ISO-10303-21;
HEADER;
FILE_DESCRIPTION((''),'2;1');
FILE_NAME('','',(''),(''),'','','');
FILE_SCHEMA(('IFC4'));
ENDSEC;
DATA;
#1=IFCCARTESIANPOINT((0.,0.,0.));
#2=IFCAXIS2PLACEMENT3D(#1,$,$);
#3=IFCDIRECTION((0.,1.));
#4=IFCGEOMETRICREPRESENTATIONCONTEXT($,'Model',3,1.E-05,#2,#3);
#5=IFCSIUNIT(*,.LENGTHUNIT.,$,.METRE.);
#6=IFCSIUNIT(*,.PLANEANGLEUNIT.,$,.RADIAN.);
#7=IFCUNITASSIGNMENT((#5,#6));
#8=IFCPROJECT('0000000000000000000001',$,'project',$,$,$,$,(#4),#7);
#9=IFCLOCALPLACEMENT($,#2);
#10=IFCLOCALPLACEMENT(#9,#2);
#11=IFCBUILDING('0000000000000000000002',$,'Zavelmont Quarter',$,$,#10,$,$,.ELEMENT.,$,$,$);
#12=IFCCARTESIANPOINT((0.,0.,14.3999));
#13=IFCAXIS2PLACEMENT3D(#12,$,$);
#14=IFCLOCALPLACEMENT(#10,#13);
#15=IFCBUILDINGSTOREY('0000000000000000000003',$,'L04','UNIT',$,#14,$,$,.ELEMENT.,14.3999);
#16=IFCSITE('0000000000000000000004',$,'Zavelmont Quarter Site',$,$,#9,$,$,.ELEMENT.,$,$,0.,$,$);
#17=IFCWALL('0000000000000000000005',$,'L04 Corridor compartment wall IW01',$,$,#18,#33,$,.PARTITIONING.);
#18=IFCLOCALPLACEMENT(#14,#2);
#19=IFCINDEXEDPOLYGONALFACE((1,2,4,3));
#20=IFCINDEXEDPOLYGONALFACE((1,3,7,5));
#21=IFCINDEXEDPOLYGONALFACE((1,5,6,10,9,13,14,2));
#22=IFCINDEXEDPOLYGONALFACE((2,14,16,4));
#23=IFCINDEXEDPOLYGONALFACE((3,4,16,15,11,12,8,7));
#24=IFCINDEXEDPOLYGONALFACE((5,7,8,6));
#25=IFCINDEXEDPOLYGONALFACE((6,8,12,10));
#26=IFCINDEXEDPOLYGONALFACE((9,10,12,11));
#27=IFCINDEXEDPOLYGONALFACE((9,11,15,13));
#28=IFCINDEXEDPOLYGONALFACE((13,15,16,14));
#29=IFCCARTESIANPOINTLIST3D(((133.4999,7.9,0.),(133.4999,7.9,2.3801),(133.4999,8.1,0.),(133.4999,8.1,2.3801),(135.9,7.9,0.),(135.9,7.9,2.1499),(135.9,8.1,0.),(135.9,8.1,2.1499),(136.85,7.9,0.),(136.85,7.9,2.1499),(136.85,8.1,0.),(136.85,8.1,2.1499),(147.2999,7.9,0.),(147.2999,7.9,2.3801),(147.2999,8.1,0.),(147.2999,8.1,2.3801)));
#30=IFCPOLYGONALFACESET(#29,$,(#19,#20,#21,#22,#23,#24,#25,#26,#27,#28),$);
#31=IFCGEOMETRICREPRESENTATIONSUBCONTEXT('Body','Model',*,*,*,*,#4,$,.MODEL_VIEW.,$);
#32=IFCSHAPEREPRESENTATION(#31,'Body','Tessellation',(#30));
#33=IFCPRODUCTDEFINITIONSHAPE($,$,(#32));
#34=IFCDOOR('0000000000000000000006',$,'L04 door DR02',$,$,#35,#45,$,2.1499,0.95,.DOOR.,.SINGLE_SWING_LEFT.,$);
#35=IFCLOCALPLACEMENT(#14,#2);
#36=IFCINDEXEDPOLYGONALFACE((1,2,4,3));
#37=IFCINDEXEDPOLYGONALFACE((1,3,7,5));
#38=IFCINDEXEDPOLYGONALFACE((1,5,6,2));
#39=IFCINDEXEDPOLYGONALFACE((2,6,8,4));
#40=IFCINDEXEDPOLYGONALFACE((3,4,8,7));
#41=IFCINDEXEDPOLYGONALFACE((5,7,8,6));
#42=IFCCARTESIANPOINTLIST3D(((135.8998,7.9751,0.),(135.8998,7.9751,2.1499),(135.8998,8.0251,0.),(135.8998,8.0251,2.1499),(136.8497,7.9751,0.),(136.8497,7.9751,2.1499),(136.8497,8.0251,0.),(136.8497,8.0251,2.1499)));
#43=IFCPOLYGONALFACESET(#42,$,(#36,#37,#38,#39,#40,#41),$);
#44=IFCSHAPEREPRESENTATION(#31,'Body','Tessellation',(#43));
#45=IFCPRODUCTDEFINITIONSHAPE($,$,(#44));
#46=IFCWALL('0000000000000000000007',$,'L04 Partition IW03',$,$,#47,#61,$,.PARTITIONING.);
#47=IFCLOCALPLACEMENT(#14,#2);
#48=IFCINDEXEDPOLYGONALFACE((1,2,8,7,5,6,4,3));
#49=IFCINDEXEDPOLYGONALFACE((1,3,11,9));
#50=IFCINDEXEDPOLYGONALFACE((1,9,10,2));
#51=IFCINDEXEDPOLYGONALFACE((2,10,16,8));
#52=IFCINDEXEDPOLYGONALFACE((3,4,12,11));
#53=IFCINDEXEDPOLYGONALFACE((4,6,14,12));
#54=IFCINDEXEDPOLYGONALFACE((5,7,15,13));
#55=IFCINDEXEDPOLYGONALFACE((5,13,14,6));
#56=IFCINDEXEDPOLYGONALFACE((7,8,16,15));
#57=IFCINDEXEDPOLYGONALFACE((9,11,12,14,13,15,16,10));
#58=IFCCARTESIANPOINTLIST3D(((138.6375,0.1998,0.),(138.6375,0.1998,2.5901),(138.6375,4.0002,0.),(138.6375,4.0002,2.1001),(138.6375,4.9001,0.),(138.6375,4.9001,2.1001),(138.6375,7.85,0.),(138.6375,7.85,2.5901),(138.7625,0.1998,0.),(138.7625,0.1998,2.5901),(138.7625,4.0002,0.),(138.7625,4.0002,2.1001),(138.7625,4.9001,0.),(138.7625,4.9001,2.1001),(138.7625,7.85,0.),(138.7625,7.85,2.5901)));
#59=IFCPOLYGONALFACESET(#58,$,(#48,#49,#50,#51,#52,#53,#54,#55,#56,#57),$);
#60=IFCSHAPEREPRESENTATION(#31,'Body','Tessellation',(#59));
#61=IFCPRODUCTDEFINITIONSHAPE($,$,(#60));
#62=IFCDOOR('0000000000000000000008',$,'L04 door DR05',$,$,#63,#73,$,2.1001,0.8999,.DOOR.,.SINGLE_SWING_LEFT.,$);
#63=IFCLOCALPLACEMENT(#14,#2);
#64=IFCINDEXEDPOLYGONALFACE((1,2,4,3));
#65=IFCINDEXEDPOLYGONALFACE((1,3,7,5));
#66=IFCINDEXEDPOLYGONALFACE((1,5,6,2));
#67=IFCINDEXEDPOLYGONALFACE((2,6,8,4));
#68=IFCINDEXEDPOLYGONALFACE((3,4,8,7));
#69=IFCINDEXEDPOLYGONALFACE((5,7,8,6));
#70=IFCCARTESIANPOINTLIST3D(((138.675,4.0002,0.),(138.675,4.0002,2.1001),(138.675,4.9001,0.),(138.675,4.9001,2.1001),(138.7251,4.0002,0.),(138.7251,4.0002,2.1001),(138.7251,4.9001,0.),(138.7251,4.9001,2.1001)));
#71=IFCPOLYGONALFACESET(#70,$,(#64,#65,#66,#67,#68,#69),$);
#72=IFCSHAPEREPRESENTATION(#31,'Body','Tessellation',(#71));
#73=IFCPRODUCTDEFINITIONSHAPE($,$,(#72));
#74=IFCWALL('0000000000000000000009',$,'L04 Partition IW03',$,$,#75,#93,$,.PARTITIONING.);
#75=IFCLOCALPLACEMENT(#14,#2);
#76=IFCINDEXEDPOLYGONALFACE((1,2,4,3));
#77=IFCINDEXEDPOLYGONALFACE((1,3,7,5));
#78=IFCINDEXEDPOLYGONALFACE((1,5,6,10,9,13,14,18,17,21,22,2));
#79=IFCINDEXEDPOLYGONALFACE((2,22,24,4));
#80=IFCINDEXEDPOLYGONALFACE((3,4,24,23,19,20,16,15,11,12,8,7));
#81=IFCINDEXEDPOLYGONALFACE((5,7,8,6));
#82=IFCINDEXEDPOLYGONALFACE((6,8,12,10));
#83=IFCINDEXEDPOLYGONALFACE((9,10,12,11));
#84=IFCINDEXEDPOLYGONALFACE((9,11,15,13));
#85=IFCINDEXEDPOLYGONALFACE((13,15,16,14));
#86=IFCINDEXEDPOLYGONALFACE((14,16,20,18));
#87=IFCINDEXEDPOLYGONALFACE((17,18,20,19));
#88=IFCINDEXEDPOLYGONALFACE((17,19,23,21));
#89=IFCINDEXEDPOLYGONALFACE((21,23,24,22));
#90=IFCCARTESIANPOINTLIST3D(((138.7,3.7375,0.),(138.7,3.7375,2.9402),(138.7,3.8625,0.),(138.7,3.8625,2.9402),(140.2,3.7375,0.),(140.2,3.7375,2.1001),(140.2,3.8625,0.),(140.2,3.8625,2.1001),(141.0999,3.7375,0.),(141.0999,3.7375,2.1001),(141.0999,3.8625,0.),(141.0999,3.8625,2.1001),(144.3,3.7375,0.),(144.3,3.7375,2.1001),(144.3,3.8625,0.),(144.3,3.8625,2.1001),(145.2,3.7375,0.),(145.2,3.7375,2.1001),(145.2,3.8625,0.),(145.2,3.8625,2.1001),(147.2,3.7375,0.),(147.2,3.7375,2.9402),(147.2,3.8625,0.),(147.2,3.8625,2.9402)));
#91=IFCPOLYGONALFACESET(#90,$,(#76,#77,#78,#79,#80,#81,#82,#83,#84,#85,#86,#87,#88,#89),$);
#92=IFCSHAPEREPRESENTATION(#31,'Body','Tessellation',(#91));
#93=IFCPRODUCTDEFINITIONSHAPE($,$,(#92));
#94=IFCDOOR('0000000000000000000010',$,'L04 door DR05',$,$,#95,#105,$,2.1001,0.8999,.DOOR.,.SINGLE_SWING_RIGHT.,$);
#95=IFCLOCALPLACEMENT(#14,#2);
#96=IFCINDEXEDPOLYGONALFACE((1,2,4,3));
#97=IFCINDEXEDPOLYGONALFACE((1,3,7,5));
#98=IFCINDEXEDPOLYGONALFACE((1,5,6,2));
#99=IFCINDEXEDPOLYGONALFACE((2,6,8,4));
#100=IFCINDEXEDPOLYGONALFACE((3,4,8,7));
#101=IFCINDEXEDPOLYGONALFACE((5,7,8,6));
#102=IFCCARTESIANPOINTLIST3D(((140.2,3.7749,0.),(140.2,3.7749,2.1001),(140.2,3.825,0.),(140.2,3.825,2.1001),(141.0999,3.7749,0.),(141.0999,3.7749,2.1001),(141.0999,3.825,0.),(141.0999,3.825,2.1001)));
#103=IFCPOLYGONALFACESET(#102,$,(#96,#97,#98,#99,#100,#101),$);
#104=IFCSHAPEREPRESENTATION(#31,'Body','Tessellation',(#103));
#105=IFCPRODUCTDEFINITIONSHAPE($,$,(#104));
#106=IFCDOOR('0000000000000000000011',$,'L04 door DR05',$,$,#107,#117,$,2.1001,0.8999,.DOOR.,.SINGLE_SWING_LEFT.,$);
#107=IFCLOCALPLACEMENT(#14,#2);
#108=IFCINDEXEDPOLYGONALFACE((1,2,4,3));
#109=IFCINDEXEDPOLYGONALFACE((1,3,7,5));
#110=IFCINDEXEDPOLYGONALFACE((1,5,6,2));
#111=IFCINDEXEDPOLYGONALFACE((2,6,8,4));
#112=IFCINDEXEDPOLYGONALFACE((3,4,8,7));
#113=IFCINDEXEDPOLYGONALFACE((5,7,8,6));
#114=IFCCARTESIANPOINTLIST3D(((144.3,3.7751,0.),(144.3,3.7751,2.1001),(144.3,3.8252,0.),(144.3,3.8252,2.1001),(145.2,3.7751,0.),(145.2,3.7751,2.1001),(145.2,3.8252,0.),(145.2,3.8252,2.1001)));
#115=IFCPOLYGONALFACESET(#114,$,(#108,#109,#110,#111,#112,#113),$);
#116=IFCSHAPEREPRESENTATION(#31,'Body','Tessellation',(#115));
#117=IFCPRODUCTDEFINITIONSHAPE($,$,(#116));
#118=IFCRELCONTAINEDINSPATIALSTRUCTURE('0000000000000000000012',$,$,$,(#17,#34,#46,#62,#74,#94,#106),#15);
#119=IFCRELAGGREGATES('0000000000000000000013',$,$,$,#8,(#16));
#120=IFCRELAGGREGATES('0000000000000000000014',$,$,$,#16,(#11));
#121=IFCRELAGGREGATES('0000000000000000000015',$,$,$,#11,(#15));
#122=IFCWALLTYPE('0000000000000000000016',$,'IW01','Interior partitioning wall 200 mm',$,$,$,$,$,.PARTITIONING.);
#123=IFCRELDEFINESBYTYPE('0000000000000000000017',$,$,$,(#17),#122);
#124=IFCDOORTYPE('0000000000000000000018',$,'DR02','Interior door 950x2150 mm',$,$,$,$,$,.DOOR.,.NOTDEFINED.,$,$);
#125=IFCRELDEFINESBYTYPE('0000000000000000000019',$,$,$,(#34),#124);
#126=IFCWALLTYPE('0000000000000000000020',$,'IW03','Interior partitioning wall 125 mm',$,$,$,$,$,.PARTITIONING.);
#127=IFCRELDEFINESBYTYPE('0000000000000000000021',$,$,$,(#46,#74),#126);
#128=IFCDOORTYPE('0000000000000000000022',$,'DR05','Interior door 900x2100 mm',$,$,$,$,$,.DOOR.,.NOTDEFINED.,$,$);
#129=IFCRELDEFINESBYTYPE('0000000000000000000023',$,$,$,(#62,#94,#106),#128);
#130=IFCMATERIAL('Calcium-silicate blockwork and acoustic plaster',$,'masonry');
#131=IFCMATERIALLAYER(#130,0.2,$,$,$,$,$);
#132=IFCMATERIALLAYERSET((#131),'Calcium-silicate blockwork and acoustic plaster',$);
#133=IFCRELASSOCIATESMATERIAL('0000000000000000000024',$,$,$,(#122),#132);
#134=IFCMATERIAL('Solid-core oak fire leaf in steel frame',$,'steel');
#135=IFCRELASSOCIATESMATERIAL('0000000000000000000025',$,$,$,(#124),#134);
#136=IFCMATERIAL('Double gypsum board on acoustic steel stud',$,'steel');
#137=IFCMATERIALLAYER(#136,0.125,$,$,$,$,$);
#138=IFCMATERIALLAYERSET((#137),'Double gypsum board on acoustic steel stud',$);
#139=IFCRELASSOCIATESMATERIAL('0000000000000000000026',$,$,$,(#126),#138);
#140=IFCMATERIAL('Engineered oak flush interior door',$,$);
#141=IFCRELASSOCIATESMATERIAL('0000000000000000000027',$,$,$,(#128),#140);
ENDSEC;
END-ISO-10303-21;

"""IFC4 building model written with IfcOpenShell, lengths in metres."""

from ifc_helpers import new_model, si_unit, direction, frame, frame_2d, origin, origin_with_axes, place, context, subcontext, project, spatial, rectangle, extrude, material, layer, layer_set, type_object, element, fill, save


model = new_model("IFC4")

# Units and contexts
model_context = context("Model", 3, precision=1e-05, world=origin(), true_north=direction((0.0, 1.0)))
body_context = subcontext(model_context, "Body", "Model", "MODEL_VIEW")
ifc_project = project(units=[si_unit("LENGTHUNIT", "METRE"), si_unit("PLANEANGLEUNIT", "RADIAN")], contexts=[model_context])

# Site, building, storey
site_placement = place(None, origin())
site = spatial("IfcSite", under=ifc_project, at=site_placement, Name="Zavelmont Quarter Site", CompositionType="ELEMENT", RefElevation=0.0)
building_placement = place(site_placement, origin())
building = spatial("IfcBuilding", under=site, at=building_placement, Name="Zavelmont Quarter", CompositionType="ELEMENT")
storey_placement = place(building_placement, frame((0.0, 0.0, 14.3999)))
storey = spatial("IfcBuildingStorey", under=building, at=storey_placement, Name="L04", Description="UNIT", CompositionType="ELEMENT", Elevation=14.3999)

# Walls, openings, doors
ifc_material_1 = material(Name="Calcium-silicate blockwork and acoustic plaster", Category="masonry")
ifc_layer_1 = layer(ifc_material_1, 0.2)
ifc_layer_set_1 = layer_set([ifc_layer_1], Name="Calcium-silicate blockwork and acoustic plaster")
wall_type_1 = type_object("IfcWallType", Name="IW01", Description="Interior partitioning wall 200 mm", PredefinedType="PARTITIONING", material=ifc_layer_set_1)
wall_1_placement = place(storey_placement, frame((133.5, 8.0, 0.0), z_axis=(0.0, 0.0, 1.0), x_axis=(1.0, 0.0, 0.0)))
wall_1 = element("IfcWall", 1, at=wall_1_placement, inside=storey, type_object=wall_type_1, Name="L04 Corridor compartment wall IW01", PredefinedType="PARTITIONING", context=body_context, shape_type="SweptSolid", body=[
    extrude(rectangle(XDim=13.8, YDim=0.2, at=frame_2d((6.8999, 0.0))), origin(), (0.0, 0.0, 1.0), 2.3801),
])
opening_1_placement = place(wall_1_placement, frame((2.3999, 0.0, 0.0)))
opening_1 = element("IfcOpeningElement", 2, at=opening_1_placement, cuts=wall_1, PredefinedType="OPENING", context=body_context, shape_type="SweptSolid", body=[
    extrude(rectangle(XDim=0.95, YDim=2.1499, at=frame_2d((0.4751, 1.075))), frame((0.0, 0.1118, 0.0), z_axis=(0.0, -1.0, 0.0), x_axis=(1.0, 0.0, 0.0)), (0.0, 0.0, 1.0), 0.2239),
])
ifc_material_2 = material(Name="Solid-core oak fire leaf in steel frame", Category="steel")
door_type_1 = type_object("IfcDoorType", Name="DR02", Description="Interior door 950x2150 mm", OperationType="NOTDEFINED", PredefinedType="DOOR", material=ifc_material_2)
door_1_placement = place(opening_1_placement, frame((0.95, 0.0, 0.0), z_axis=(0.0, 0.0, 1.0), x_axis=(-1.0, 0.0, 0.0)))
door_1 = element("IfcDoor", 3, at=door_1_placement, inside=storey, type_object=door_type_1, Name="L04 door DR02", OperationType="SINGLE_SWING_LEFT", OverallHeight=2.1499, OverallWidth=0.95, PredefinedType="DOOR", context=body_context, shape_type="SweptSolid", body=[
    extrude(rectangle(XDim=0.95, YDim=2.1499, at=frame_2d((0.4751, 1.075))), frame((0.0, 0.0249, 0.0), z_axis=(0.0, -1.0, 0.0), x_axis=(1.0, 0.0, 0.0)), (0.0, 0.0, 1.0), 0.05),
])
fill(opening_1, door_1)
ifc_material_3 = material(Name="Double gypsum board on acoustic steel stud", Category="steel")
ifc_layer_2 = layer(ifc_material_3, 0.125)
ifc_layer_set_2 = layer_set([ifc_layer_2], Name="Double gypsum board on acoustic steel stud")
wall_type_2 = type_object("IfcWallType", Name="IW03", Description="Interior partitioning wall 125 mm", PredefinedType="PARTITIONING", material=ifc_layer_set_2)
wall_2_placement = place(storey_placement, frame((138.7, 7.8501, 0.0), z_axis=(0.0, 0.0, 1.0), x_axis=(0.0, -1.0, 0.0)))
wall_2 = element("IfcWall", 4, at=wall_2_placement, inside=storey, type_object=wall_type_2, Name="L04 Partition IW03", PredefinedType="PARTITIONING", context=body_context, shape_type="SweptSolid", body=[
    extrude(rectangle(XDim=7.6501, YDim=0.125, at=frame_2d((3.8252, 0.0))), origin(), (0.0, 0.0, 1.0), 2.5901),
])
opening_2_placement = place(wall_2_placement, frame((2.95, 0.0, 0.0)))
opening_2 = element("IfcOpeningElement", 5, at=opening_2_placement, cuts=wall_2, PredefinedType="OPENING", context=body_context, shape_type="SweptSolid", body=[
    extrude(rectangle(XDim=0.8999, YDim=2.1001, at=frame_2d((0.45, 1.05))), frame((0.0, 0.0745, 0.0), z_axis=(0.0, -1.0, 0.0), x_axis=(1.0, 0.0, 0.0)), (0.0, 0.0, 1.0), 0.1489),
])
ifc_material_4 = material(Name="Engineered oak flush interior door")
door_type_2 = type_object("IfcDoorType", Name="DR05", Description="Interior door 900x2100 mm", OperationType="NOTDEFINED", PredefinedType="DOOR", material=ifc_material_4)
door_2_placement = place(opening_2_placement, frame((0.8999, 0.0, 0.0), z_axis=(0.0, 0.0, 1.0), x_axis=(-1.0, 0.0, 0.0)))
door_2 = element("IfcDoor", 6, at=door_2_placement, inside=storey, type_object=door_type_2, Name="L04 door DR05", OperationType="SINGLE_SWING_LEFT", OverallHeight=2.1001, OverallWidth=0.8999, PredefinedType="DOOR", context=body_context, shape_type="SweptSolid", body=[
    extrude(rectangle(XDim=0.8999, YDim=2.1001, at=frame_2d((0.45, 1.05))), frame((0.0, 0.0249, 0.0), z_axis=(0.0, -1.0, 0.0), x_axis=(1.0, 0.0, 0.0)), (0.0, 0.0, 1.0), 0.05),
])
fill(opening_2, door_2)

# Wall, openings, doors
wall_3_placement = place(storey_placement, frame((138.7, 3.8, 0.0), z_axis=(0.0, 0.0, 1.0), x_axis=(1.0, 0.0, 0.0)))
wall_3 = element("IfcWall", 7, at=wall_3_placement, inside=storey, type_object=wall_type_2, Name="L04 Partition IW03", PredefinedType="PARTITIONING", context=body_context, shape_type="SweptSolid", body=[
    extrude(rectangle(XDim=8.5, YDim=0.125, at=frame_2d((4.25, 0.0))), origin(), (0.0, 0.0, 1.0), 2.9402),
])
opening_3_placement = place(wall_3_placement, frame((1.5, 0.0, 0.0)))
opening_3 = element("IfcOpeningElement", 8, at=opening_3_placement, cuts=wall_3, PredefinedType="OPENING", context=body_context, shape_type="SweptSolid", body=[
    extrude(rectangle(XDim=0.8999, YDim=2.1001, at=frame_2d((0.45, 1.05))), frame((0.0, 0.0745, 0.0), z_axis=(0.0, -1.0, 0.0), x_axis=(1.0, 0.0, 0.0)), (0.0, 0.0, 1.0), 0.1489),
])
opening_4_placement = place(wall_3_placement, frame((5.6001, 0.0, 0.0)))
opening_4 = element("IfcOpeningElement", 9, at=opening_4_placement, cuts=wall_3, PredefinedType="OPENING", context=body_context, shape_type="SweptSolid", body=[
    extrude(rectangle(XDim=0.8999, YDim=2.1001, at=frame_2d((0.45, 1.05))), frame((0.0, 0.0745, 0.0), z_axis=(0.0, -1.0, 0.0), x_axis=(1.0, 0.0, 0.0)), (0.0, 0.0, 1.0), 0.1489),
])
door_3_placement = place(opening_3_placement, origin_with_axes())
door_3 = element("IfcDoor", 10, at=door_3_placement, inside=storey, type_object=door_type_2, Name="L04 door DR05", OperationType="SINGLE_SWING_RIGHT", OverallHeight=2.1001, OverallWidth=0.8999, PredefinedType="DOOR", context=body_context, shape_type="SweptSolid", body=[
    extrude(rectangle(XDim=0.8999, YDim=2.1001, at=frame_2d((0.45, 1.05))), frame((0.0, 0.0249, 0.0), z_axis=(0.0, -1.0, 0.0), x_axis=(1.0, 0.0, 0.0)), (0.0, 0.0, 1.0), 0.05),
])
fill(opening_3, door_3)
door_4_placement = place(opening_4_placement, frame((0.8999, 0.0, 0.0), z_axis=(0.0, 0.0, 1.0), x_axis=(-1.0, 0.0, 0.0)))
door_4 = element("IfcDoor", 11, at=door_4_placement, inside=storey, type_object=door_type_2, Name="L04 door DR05", OperationType="SINGLE_SWING_LEFT", OverallHeight=2.1001, OverallWidth=0.8999, PredefinedType="DOOR", context=body_context, shape_type="SweptSolid", body=[
    extrude(rectangle(XDim=0.8999, YDim=2.1001, at=frame_2d((0.45, 1.05))), frame((0.0, 0.0249, 0.0), z_axis=(0.0, -1.0, 0.0), x_axis=(1.0, 0.0, 0.0)), (0.0, 0.0, 1.0), 0.05),
])
fill(opening_4, door_4)

save(model, "model.ifc")
